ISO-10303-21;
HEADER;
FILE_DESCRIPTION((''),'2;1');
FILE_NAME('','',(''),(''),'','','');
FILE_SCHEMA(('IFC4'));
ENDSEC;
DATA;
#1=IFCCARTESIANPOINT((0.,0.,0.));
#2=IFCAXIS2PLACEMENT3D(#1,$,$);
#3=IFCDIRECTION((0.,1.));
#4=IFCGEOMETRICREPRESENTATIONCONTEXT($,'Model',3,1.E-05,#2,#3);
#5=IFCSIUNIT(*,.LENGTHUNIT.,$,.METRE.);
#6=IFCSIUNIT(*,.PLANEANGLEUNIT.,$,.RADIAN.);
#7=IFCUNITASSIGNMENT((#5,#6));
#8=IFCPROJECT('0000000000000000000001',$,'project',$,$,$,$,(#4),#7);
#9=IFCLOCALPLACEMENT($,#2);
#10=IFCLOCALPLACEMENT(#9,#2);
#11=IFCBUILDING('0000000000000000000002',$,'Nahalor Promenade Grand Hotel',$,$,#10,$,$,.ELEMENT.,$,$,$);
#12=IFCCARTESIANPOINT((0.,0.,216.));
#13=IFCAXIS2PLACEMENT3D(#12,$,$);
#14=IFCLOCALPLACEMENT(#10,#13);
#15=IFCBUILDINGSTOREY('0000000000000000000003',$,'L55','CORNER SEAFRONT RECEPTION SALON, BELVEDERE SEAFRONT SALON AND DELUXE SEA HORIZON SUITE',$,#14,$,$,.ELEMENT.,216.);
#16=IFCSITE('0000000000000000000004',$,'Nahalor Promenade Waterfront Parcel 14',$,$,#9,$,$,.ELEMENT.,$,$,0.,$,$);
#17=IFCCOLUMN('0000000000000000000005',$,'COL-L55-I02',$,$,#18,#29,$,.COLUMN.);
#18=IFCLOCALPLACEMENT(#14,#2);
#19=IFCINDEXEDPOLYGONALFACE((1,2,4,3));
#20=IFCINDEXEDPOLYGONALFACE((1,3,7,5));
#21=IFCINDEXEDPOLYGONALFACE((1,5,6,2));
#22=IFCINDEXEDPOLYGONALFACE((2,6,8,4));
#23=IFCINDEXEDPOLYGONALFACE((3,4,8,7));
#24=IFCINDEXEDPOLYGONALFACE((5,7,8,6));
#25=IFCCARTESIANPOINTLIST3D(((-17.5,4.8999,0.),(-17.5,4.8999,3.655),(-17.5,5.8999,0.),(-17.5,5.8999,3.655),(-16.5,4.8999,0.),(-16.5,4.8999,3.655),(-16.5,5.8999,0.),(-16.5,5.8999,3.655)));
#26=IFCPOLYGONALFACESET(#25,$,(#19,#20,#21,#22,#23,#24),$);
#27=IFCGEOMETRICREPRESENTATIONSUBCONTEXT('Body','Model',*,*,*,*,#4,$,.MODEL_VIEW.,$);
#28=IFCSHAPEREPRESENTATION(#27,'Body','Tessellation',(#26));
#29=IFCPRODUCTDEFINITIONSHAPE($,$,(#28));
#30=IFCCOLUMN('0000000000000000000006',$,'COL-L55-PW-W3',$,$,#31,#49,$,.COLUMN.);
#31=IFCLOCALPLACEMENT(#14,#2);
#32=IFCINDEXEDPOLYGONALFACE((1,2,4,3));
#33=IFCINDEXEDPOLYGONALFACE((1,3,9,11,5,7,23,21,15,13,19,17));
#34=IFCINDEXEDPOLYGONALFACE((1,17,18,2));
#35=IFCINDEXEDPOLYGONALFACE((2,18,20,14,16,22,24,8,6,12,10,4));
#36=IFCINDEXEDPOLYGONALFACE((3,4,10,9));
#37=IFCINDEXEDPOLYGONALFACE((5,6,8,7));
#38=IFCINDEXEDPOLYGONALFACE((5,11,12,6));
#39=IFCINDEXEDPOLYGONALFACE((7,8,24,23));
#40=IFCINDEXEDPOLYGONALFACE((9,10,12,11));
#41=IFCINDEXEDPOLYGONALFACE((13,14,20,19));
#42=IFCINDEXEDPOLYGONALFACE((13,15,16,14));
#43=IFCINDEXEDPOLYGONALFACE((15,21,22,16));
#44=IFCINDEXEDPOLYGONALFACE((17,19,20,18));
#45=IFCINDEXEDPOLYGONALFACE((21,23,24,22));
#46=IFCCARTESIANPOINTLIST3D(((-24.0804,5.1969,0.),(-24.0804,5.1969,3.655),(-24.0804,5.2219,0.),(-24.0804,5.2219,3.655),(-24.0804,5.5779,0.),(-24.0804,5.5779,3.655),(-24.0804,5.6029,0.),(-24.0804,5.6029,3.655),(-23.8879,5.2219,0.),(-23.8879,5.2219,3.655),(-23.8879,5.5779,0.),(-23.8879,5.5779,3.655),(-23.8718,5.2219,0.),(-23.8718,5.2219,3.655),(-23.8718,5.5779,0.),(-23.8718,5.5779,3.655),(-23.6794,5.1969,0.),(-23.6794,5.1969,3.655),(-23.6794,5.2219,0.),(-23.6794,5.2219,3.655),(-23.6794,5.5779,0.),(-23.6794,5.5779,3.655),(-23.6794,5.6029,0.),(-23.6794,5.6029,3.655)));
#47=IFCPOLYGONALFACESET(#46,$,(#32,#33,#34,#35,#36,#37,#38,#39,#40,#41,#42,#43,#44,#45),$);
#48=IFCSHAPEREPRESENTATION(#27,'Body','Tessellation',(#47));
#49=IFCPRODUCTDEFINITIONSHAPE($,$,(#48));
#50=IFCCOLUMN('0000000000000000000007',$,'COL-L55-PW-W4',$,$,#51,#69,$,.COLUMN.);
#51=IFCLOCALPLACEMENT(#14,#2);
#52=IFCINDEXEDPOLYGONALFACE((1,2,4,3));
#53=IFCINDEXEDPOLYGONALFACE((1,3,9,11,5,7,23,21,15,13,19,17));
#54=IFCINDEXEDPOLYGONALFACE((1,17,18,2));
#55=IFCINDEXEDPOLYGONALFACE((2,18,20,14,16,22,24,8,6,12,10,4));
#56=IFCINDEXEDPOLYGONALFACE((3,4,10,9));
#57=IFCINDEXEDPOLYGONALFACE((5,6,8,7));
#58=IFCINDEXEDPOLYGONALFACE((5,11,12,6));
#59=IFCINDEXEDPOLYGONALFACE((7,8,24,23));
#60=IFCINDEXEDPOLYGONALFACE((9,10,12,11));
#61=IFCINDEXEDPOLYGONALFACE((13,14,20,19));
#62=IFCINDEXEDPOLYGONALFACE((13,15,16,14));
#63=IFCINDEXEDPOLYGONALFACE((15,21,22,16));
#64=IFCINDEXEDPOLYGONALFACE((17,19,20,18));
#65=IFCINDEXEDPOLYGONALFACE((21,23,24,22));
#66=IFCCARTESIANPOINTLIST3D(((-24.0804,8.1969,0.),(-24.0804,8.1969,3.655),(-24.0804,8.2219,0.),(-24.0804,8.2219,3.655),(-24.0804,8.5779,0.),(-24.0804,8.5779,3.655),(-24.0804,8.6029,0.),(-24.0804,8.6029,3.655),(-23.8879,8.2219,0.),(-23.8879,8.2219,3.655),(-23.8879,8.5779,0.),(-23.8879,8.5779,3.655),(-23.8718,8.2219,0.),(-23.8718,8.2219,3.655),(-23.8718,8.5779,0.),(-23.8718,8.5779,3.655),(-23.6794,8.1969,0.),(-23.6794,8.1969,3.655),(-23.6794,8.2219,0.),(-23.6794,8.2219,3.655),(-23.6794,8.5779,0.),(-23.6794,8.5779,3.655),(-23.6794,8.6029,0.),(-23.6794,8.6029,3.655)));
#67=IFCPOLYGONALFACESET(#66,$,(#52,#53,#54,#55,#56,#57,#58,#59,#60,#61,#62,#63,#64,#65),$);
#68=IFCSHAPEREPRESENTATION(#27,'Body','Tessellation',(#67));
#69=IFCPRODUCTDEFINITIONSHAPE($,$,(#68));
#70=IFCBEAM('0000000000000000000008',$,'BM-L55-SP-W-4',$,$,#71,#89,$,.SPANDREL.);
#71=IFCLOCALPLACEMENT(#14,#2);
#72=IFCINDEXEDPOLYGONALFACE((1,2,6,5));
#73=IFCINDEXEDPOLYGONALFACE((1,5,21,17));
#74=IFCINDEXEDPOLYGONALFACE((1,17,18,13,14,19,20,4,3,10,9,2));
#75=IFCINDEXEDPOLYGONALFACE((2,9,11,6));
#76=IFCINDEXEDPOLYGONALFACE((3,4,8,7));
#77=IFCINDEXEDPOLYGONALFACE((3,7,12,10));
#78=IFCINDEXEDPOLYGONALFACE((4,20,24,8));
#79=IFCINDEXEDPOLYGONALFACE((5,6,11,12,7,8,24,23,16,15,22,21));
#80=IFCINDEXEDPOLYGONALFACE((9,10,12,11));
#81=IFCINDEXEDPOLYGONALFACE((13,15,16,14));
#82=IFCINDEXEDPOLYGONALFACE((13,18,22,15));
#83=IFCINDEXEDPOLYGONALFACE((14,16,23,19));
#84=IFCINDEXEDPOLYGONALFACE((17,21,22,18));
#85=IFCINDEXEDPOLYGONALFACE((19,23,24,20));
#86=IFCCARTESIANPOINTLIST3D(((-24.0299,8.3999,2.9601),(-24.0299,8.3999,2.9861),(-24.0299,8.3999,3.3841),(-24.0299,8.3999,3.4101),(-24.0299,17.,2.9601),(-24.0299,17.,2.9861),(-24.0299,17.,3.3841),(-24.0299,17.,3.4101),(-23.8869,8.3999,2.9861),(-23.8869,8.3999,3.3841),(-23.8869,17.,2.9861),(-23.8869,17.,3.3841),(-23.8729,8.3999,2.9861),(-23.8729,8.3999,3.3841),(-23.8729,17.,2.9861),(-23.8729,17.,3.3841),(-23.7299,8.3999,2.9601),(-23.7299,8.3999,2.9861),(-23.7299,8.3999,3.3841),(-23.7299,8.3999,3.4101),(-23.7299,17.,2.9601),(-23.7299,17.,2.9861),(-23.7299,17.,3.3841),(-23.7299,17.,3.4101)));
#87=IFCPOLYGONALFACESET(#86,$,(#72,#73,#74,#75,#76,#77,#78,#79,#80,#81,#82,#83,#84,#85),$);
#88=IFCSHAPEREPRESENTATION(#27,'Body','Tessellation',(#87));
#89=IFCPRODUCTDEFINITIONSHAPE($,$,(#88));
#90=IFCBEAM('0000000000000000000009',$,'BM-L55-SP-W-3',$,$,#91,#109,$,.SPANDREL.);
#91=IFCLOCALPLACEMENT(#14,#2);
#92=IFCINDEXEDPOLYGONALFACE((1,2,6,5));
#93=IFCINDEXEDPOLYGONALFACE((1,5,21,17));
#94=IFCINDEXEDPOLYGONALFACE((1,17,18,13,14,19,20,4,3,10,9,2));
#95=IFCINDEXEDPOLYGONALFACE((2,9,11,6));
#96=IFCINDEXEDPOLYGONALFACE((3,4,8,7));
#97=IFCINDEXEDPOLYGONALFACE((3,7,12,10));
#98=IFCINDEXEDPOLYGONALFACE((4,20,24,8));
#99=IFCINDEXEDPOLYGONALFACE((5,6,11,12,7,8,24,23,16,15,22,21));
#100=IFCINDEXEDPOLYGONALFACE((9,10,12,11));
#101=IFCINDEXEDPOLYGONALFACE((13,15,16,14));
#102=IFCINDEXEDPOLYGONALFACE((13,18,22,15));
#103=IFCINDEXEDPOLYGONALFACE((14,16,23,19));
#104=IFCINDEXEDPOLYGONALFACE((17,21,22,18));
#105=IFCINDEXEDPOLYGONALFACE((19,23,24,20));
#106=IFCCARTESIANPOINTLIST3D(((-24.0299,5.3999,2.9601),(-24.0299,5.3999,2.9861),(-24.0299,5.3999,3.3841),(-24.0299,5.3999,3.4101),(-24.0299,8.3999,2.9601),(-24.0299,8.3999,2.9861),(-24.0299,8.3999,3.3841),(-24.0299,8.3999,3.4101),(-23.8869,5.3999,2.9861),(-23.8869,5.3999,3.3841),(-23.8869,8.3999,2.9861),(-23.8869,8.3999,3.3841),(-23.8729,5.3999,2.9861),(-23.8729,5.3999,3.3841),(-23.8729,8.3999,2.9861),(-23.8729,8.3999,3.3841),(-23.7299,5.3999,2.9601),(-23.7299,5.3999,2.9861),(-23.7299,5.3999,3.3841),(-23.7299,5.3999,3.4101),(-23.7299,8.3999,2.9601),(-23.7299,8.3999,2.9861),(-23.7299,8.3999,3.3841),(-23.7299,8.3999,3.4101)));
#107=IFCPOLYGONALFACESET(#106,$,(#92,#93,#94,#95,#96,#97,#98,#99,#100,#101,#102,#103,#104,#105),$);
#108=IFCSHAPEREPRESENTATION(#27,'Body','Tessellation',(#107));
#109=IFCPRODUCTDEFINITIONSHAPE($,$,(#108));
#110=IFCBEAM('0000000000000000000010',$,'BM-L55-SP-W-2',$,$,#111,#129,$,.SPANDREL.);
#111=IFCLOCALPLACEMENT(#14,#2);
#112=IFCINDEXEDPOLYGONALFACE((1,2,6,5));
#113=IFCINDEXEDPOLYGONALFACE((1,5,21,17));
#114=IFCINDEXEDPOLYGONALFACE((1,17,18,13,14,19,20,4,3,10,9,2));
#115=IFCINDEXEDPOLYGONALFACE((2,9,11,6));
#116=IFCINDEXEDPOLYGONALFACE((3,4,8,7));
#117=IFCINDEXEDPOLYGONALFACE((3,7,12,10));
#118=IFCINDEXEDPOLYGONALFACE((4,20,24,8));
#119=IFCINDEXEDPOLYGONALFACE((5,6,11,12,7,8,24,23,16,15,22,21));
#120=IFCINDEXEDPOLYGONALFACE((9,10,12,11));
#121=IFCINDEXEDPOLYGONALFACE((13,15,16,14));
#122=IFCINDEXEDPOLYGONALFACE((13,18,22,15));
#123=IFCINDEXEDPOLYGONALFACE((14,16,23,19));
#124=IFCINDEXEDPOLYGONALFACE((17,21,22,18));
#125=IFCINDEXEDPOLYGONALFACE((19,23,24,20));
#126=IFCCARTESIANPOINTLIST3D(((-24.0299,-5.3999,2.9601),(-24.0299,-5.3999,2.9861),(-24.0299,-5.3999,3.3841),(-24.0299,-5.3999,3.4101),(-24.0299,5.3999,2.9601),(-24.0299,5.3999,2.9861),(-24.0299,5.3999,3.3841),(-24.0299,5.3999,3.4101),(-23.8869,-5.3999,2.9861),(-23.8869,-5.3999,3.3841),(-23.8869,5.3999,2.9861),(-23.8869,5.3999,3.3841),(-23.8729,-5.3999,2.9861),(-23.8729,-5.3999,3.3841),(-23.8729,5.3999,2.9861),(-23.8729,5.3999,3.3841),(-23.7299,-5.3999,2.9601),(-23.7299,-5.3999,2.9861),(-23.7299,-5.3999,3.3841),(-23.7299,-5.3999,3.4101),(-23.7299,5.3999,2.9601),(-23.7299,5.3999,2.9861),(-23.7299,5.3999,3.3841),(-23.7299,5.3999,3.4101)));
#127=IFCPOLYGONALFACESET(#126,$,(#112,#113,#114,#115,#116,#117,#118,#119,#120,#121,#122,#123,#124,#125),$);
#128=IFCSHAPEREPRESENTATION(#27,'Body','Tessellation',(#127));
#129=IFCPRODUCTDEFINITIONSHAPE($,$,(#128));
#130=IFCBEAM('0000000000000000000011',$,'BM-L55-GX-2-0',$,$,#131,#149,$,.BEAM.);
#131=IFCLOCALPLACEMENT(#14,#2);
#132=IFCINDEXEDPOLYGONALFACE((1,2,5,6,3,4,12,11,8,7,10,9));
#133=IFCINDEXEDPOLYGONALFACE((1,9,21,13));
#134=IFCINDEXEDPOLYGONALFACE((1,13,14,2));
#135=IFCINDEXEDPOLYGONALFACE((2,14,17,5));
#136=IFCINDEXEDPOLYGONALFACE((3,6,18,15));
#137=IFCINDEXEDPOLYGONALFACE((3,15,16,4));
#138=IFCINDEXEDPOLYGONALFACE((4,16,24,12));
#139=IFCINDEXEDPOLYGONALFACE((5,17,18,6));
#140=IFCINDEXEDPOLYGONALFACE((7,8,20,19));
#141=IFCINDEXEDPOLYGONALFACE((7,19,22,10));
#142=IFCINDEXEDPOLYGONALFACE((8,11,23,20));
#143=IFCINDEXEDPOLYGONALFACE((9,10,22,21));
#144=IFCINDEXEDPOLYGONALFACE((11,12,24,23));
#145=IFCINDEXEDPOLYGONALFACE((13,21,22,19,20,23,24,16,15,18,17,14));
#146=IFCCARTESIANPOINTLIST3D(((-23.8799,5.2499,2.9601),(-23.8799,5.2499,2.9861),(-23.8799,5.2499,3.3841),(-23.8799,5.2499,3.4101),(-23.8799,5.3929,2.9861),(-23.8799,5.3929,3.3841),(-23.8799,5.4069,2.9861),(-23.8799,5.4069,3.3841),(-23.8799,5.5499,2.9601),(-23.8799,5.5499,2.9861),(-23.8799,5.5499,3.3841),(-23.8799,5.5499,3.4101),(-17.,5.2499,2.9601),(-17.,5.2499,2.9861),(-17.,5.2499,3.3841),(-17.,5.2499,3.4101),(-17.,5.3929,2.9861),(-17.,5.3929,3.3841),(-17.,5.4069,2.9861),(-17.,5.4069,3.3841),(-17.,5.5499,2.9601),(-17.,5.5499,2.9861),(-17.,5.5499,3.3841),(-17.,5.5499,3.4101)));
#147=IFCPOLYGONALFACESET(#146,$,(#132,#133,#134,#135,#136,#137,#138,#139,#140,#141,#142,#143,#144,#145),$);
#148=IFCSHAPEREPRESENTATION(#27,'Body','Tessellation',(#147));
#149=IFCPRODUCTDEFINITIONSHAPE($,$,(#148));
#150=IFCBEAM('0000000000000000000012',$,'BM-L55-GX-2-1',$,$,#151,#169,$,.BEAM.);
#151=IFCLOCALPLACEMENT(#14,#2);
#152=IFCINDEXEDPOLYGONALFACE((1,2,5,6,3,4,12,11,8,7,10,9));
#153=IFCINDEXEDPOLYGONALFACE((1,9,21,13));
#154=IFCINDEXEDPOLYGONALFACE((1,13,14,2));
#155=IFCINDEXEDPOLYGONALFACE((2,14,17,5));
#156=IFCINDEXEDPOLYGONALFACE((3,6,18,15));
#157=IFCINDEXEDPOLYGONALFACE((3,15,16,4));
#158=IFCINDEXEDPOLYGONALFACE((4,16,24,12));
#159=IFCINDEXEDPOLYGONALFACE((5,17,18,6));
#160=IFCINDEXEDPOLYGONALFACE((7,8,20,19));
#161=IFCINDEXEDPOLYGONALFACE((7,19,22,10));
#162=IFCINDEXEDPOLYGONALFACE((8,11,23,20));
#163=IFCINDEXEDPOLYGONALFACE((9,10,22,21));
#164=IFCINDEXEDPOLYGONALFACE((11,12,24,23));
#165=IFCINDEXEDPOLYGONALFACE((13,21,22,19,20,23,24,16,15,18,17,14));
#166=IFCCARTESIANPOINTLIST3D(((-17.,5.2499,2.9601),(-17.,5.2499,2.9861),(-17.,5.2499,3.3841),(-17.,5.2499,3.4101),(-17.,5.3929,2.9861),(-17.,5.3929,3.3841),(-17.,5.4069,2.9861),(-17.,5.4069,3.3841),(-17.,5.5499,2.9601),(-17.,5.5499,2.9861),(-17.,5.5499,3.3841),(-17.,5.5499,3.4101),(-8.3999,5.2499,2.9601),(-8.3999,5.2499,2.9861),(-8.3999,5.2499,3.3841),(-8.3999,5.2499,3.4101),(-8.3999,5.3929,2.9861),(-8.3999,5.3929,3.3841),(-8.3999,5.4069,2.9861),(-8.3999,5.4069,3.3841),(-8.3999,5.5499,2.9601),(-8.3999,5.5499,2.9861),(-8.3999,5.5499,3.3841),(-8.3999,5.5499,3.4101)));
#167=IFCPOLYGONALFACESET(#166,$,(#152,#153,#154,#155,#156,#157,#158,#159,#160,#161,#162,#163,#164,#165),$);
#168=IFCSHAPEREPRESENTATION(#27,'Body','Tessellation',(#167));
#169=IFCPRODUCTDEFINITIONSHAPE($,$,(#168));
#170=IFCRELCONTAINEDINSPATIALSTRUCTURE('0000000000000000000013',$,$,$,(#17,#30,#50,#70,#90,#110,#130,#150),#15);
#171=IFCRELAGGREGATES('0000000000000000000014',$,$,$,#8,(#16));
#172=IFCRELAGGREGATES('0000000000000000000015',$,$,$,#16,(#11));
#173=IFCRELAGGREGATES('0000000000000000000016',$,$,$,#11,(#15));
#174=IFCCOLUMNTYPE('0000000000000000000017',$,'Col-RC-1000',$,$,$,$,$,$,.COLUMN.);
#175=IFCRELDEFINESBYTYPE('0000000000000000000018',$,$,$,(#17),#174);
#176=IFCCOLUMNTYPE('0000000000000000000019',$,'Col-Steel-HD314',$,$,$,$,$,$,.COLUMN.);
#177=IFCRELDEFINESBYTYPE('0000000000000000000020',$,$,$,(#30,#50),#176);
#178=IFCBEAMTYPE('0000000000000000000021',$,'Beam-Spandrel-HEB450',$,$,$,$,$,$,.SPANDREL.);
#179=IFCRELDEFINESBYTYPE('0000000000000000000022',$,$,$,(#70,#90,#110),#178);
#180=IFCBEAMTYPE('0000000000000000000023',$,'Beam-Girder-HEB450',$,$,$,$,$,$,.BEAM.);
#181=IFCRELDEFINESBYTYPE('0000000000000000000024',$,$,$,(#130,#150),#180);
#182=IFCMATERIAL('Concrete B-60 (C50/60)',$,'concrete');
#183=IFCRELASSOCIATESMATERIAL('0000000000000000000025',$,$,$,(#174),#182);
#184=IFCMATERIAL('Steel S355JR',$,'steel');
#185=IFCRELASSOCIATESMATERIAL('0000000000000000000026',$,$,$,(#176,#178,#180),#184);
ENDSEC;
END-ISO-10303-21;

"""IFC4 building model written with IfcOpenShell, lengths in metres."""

from ifc_helpers import new_model, si_unit, direction, frame, origin, origin_2d, place, context, subcontext, project, spatial, rectangle, i_section, extrude, source, transform, mapped, material, material_profile, profile_set, type_object, element, save


model = new_model("IFC4")

# Units and contexts
model_context = context("Model", 3, precision=1e-05, world=origin(), true_north=direction((0.0, 1.0)))
body_context = subcontext(model_context, "Body", "Model", "MODEL_VIEW")
ifc_project = project(units=[si_unit("LENGTHUNIT", "METRE"), si_unit("PLANEANGLEUNIT", "RADIAN")], contexts=[model_context])

# Site, building, storey
site_placement = place(None, origin())
site = spatial("IfcSite", under=ifc_project, at=site_placement, Name="Nahalor Promenade Waterfront Parcel 14", CompositionType="ELEMENT", RefElevation=0.0)
building_placement = place(site_placement, origin())
building = spatial("IfcBuilding", under=site, at=building_placement, Name="Nahalor Promenade Grand Hotel", CompositionType="ELEMENT")
storey_placement = place(building_placement, frame((0.0, 0.0, 216.0)))
storey = spatial("IfcBuildingStorey", under=building, at=storey_placement, Name="L55", Description="CORNER SEAFRONT RECEPTION SALON, BELVEDERE SEAFRONT SALON AND DELUXE SEA HORIZON SUITE", CompositionType="ELEMENT", Elevation=216.0)

# Columns
ifc_material_1 = material(Name="Concrete B-60 (C50/60)", Category="concrete")
ifc_material_profile_1 = material_profile(ifc_material_1, rectangle(XDim=1.0, YDim=1.0, at=origin_2d()), Name="RC 1000x1000")
ifc_profile_set_1 = profile_set([ifc_material_profile_1], Name="Concrete B-60 (C50/60)")
column_type_1 = type_object("IfcColumnType", Name="Col-RC-1000", PredefinedType="COLUMN", material=ifc_profile_set_1)
shared_shape_1 = source(origin(), body_context, "Body", "SweptSolid", [
    extrude(rectangle(XDim=1.0, YDim=1.0, at=origin_2d()), origin(), (0.0, 0.0, 1.0), 3.655),
])
column_placement = place(storey_placement, frame((-17.0, 5.3999, 0.0), z_axis=(0.0, 0.0, 1.0), x_axis=(1.0, 0.0, 0.0)))
element("IfcColumn", 1, at=column_placement, inside=storey, type_object=column_type_1, Name="COL-L55-I02", PredefinedType="COLUMN", context=body_context, shape_type="MappedRepresentation", body=[
    mapped(shared_shape_1, transform((0.0, 0.0, 0.0), scale=1.0)),
])
ifc_material_2 = material(Name="Steel S355JR", Category="steel")
ifc_material_profile_2 = material_profile(ifc_material_2, i_section(OverallWidth=0.401, OverallDepth=0.406, WebThickness=0.0161, FlangeThickness=0.025, at=origin_2d()), Name="HD 400x314")
ifc_profile_set_2 = profile_set([ifc_material_profile_2], Name="Steel S355JR")
column_type_2 = type_object("IfcColumnType", Name="Col-Steel-HD314", PredefinedType="COLUMN", material=ifc_profile_set_2)
shared_shape_2 = source(origin(), body_context, "Body", "SweptSolid", [
    extrude(i_section(OverallWidth=0.401, OverallDepth=0.406, WebThickness=0.0161, FlangeThickness=0.025, at=origin_2d()), origin(), (0.0, 0.0, 1.0), 3.655),
])
for number, where, z_axis, x_axis, name in (
    (2, (-23.8799, 5.3999, 0.0), (0.0, 0.0, 1.0), (1.0, 0.0, 0.0), "COL-L55-PW-W3"),
    (3, (-23.8799, 8.3999, 0.0), (0.0, 0.0, 1.0), (1.0, 0.0, 0.0), "COL-L55-PW-W4"),
):
    element("IfcColumn", number, at=place(storey_placement, frame(where, z_axis=z_axis, x_axis=x_axis)), inside=storey, type_object=column_type_2, Name=name, PredefinedType="COLUMN", context=body_context, shape_type="MappedRepresentation", body=[
        mapped(shared_shape_2, transform((0.0, 0.0, 0.0), scale=1.0)),
    ])

# Beams
ifc_material_profile_3 = material_profile(ifc_material_2, i_section(OverallWidth=0.3, OverallDepth=0.45, WebThickness=0.014, FlangeThickness=0.026, at=origin_2d()), Name="HEB 450")
ifc_profile_set_3 = profile_set([ifc_material_profile_3], Name="Steel S355JR")
beam_type_1 = type_object("IfcBeamType", Name="Beam-Spandrel-HEB450", PredefinedType="SPANDREL", material=ifc_profile_set_3)
shared_shape_3 = source(origin(), body_context, "Body", "SweptSolid", [
    extrude(i_section(OverallWidth=0.3, OverallDepth=0.45, WebThickness=0.014, FlangeThickness=0.026, at=origin_2d()), origin(), (0.0, 0.0, 1.0), 8.6001),
])
beam_1_placement = place(storey_placement, frame((-23.8799, 8.3999, 3.1851), z_axis=(0.0, 1.0, 0.0), x_axis=(-1.0, 0.0, 0.0)))
element("IfcBeam", 4, at=beam_1_placement, inside=storey, type_object=beam_type_1, Name="BM-L55-SP-W-4", PredefinedType="SPANDREL", context=body_context, shape_type="MappedRepresentation", body=[
    mapped(shared_shape_3, transform((0.0, 0.0, 0.0), scale=1.0)),
])
shared_shape_4 = source(origin(), body_context, "Body", "SweptSolid", [
    extrude(i_section(OverallWidth=0.3, OverallDepth=0.45, WebThickness=0.014, FlangeThickness=0.026, at=origin_2d()), origin(), (0.0, 0.0, 1.0), 3.0),
])
beam_2_placement = place(storey_placement, frame((-23.8799, 5.3999, 3.1851), z_axis=(0.0, 1.0, 0.0), x_axis=(-1.0, 0.0, 0.0)))
element("IfcBeam", 5, at=beam_2_placement, inside=storey, type_object=beam_type_1, Name="BM-L55-SP-W-3", PredefinedType="SPANDREL", context=body_context, shape_type="MappedRepresentation", body=[
    mapped(shared_shape_4, transform((0.0, 0.0, 0.0), scale=1.0)),
])
shared_shape_5 = source(origin(), body_context, "Body", "SweptSolid", [
    extrude(i_section(OverallWidth=0.3, OverallDepth=0.45, WebThickness=0.014, FlangeThickness=0.026, at=origin_2d()), origin(), (0.0, 0.0, 1.0), 10.7998),
])
beam_3_placement = place(storey_placement, frame((-23.8799, -5.3999, 3.1851), z_axis=(0.0, 1.0, 0.0), x_axis=(-1.0, 0.0, 0.0)))
element("IfcBeam", 6, at=beam_3_placement, inside=storey, type_object=beam_type_1, Name="BM-L55-SP-W-2", PredefinedType="SPANDREL", context=body_context, shape_type="MappedRepresentation", body=[
    mapped(shared_shape_5, transform((0.0, 0.0, 0.0), scale=1.0)),
])
ifc_material_profile_4 = material_profile(ifc_material_2, i_section(OverallWidth=0.3, OverallDepth=0.45, WebThickness=0.014, FlangeThickness=0.026, at=origin_2d()), Name="HEB 450")
ifc_profile_set_4 = profile_set([ifc_material_profile_4], Name="Steel S355JR")
beam_type_2 = type_object("IfcBeamType", Name="Beam-Girder-HEB450", PredefinedType="BEAM", material=ifc_profile_set_4)
shared_shape_6 = source(origin(), body_context, "Body", "SweptSolid", [
    extrude(i_section(OverallWidth=0.3, OverallDepth=0.45, WebThickness=0.014, FlangeThickness=0.026, at=origin_2d()), origin(), (0.0, 0.0, 1.0), 6.8799),
])
beam_4_placement = place(storey_placement, frame((-23.8799, 5.3999, 3.1851), z_axis=(1.0, 0.0, 0.0), x_axis=(0.0, 1.0, 0.0)))
element("IfcBeam", 7, at=beam_4_placement, inside=storey, type_object=beam_type_2, Name="BM-L55-GX-2-0", PredefinedType="BEAM", context=body_context, shape_type="MappedRepresentation", body=[
    mapped(shared_shape_6, transform((0.0, 0.0, 0.0), scale=1.0)),
])
shared_shape_7 = source(origin(), body_context, "Body", "SweptSolid", [
    extrude(i_section(OverallWidth=0.3, OverallDepth=0.45, WebThickness=0.014, FlangeThickness=0.026, at=origin_2d()), origin(), (0.0, 0.0, 1.0), 8.6001),
])
beam_5_placement = place(storey_placement, frame((-17.0, 5.3999, 3.1851), z_axis=(1.0, 0.0, 0.0), x_axis=(0.0, 1.0, 0.0)))
element("IfcBeam", 8, at=beam_5_placement, inside=storey, type_object=beam_type_2, Name="BM-L55-GX-2-1", PredefinedType="BEAM", context=body_context, shape_type="MappedRepresentation", body=[
    mapped(shared_shape_7, transform((0.0, 0.0, 0.0), scale=1.0)),
])

save(model, "model.ifc")
